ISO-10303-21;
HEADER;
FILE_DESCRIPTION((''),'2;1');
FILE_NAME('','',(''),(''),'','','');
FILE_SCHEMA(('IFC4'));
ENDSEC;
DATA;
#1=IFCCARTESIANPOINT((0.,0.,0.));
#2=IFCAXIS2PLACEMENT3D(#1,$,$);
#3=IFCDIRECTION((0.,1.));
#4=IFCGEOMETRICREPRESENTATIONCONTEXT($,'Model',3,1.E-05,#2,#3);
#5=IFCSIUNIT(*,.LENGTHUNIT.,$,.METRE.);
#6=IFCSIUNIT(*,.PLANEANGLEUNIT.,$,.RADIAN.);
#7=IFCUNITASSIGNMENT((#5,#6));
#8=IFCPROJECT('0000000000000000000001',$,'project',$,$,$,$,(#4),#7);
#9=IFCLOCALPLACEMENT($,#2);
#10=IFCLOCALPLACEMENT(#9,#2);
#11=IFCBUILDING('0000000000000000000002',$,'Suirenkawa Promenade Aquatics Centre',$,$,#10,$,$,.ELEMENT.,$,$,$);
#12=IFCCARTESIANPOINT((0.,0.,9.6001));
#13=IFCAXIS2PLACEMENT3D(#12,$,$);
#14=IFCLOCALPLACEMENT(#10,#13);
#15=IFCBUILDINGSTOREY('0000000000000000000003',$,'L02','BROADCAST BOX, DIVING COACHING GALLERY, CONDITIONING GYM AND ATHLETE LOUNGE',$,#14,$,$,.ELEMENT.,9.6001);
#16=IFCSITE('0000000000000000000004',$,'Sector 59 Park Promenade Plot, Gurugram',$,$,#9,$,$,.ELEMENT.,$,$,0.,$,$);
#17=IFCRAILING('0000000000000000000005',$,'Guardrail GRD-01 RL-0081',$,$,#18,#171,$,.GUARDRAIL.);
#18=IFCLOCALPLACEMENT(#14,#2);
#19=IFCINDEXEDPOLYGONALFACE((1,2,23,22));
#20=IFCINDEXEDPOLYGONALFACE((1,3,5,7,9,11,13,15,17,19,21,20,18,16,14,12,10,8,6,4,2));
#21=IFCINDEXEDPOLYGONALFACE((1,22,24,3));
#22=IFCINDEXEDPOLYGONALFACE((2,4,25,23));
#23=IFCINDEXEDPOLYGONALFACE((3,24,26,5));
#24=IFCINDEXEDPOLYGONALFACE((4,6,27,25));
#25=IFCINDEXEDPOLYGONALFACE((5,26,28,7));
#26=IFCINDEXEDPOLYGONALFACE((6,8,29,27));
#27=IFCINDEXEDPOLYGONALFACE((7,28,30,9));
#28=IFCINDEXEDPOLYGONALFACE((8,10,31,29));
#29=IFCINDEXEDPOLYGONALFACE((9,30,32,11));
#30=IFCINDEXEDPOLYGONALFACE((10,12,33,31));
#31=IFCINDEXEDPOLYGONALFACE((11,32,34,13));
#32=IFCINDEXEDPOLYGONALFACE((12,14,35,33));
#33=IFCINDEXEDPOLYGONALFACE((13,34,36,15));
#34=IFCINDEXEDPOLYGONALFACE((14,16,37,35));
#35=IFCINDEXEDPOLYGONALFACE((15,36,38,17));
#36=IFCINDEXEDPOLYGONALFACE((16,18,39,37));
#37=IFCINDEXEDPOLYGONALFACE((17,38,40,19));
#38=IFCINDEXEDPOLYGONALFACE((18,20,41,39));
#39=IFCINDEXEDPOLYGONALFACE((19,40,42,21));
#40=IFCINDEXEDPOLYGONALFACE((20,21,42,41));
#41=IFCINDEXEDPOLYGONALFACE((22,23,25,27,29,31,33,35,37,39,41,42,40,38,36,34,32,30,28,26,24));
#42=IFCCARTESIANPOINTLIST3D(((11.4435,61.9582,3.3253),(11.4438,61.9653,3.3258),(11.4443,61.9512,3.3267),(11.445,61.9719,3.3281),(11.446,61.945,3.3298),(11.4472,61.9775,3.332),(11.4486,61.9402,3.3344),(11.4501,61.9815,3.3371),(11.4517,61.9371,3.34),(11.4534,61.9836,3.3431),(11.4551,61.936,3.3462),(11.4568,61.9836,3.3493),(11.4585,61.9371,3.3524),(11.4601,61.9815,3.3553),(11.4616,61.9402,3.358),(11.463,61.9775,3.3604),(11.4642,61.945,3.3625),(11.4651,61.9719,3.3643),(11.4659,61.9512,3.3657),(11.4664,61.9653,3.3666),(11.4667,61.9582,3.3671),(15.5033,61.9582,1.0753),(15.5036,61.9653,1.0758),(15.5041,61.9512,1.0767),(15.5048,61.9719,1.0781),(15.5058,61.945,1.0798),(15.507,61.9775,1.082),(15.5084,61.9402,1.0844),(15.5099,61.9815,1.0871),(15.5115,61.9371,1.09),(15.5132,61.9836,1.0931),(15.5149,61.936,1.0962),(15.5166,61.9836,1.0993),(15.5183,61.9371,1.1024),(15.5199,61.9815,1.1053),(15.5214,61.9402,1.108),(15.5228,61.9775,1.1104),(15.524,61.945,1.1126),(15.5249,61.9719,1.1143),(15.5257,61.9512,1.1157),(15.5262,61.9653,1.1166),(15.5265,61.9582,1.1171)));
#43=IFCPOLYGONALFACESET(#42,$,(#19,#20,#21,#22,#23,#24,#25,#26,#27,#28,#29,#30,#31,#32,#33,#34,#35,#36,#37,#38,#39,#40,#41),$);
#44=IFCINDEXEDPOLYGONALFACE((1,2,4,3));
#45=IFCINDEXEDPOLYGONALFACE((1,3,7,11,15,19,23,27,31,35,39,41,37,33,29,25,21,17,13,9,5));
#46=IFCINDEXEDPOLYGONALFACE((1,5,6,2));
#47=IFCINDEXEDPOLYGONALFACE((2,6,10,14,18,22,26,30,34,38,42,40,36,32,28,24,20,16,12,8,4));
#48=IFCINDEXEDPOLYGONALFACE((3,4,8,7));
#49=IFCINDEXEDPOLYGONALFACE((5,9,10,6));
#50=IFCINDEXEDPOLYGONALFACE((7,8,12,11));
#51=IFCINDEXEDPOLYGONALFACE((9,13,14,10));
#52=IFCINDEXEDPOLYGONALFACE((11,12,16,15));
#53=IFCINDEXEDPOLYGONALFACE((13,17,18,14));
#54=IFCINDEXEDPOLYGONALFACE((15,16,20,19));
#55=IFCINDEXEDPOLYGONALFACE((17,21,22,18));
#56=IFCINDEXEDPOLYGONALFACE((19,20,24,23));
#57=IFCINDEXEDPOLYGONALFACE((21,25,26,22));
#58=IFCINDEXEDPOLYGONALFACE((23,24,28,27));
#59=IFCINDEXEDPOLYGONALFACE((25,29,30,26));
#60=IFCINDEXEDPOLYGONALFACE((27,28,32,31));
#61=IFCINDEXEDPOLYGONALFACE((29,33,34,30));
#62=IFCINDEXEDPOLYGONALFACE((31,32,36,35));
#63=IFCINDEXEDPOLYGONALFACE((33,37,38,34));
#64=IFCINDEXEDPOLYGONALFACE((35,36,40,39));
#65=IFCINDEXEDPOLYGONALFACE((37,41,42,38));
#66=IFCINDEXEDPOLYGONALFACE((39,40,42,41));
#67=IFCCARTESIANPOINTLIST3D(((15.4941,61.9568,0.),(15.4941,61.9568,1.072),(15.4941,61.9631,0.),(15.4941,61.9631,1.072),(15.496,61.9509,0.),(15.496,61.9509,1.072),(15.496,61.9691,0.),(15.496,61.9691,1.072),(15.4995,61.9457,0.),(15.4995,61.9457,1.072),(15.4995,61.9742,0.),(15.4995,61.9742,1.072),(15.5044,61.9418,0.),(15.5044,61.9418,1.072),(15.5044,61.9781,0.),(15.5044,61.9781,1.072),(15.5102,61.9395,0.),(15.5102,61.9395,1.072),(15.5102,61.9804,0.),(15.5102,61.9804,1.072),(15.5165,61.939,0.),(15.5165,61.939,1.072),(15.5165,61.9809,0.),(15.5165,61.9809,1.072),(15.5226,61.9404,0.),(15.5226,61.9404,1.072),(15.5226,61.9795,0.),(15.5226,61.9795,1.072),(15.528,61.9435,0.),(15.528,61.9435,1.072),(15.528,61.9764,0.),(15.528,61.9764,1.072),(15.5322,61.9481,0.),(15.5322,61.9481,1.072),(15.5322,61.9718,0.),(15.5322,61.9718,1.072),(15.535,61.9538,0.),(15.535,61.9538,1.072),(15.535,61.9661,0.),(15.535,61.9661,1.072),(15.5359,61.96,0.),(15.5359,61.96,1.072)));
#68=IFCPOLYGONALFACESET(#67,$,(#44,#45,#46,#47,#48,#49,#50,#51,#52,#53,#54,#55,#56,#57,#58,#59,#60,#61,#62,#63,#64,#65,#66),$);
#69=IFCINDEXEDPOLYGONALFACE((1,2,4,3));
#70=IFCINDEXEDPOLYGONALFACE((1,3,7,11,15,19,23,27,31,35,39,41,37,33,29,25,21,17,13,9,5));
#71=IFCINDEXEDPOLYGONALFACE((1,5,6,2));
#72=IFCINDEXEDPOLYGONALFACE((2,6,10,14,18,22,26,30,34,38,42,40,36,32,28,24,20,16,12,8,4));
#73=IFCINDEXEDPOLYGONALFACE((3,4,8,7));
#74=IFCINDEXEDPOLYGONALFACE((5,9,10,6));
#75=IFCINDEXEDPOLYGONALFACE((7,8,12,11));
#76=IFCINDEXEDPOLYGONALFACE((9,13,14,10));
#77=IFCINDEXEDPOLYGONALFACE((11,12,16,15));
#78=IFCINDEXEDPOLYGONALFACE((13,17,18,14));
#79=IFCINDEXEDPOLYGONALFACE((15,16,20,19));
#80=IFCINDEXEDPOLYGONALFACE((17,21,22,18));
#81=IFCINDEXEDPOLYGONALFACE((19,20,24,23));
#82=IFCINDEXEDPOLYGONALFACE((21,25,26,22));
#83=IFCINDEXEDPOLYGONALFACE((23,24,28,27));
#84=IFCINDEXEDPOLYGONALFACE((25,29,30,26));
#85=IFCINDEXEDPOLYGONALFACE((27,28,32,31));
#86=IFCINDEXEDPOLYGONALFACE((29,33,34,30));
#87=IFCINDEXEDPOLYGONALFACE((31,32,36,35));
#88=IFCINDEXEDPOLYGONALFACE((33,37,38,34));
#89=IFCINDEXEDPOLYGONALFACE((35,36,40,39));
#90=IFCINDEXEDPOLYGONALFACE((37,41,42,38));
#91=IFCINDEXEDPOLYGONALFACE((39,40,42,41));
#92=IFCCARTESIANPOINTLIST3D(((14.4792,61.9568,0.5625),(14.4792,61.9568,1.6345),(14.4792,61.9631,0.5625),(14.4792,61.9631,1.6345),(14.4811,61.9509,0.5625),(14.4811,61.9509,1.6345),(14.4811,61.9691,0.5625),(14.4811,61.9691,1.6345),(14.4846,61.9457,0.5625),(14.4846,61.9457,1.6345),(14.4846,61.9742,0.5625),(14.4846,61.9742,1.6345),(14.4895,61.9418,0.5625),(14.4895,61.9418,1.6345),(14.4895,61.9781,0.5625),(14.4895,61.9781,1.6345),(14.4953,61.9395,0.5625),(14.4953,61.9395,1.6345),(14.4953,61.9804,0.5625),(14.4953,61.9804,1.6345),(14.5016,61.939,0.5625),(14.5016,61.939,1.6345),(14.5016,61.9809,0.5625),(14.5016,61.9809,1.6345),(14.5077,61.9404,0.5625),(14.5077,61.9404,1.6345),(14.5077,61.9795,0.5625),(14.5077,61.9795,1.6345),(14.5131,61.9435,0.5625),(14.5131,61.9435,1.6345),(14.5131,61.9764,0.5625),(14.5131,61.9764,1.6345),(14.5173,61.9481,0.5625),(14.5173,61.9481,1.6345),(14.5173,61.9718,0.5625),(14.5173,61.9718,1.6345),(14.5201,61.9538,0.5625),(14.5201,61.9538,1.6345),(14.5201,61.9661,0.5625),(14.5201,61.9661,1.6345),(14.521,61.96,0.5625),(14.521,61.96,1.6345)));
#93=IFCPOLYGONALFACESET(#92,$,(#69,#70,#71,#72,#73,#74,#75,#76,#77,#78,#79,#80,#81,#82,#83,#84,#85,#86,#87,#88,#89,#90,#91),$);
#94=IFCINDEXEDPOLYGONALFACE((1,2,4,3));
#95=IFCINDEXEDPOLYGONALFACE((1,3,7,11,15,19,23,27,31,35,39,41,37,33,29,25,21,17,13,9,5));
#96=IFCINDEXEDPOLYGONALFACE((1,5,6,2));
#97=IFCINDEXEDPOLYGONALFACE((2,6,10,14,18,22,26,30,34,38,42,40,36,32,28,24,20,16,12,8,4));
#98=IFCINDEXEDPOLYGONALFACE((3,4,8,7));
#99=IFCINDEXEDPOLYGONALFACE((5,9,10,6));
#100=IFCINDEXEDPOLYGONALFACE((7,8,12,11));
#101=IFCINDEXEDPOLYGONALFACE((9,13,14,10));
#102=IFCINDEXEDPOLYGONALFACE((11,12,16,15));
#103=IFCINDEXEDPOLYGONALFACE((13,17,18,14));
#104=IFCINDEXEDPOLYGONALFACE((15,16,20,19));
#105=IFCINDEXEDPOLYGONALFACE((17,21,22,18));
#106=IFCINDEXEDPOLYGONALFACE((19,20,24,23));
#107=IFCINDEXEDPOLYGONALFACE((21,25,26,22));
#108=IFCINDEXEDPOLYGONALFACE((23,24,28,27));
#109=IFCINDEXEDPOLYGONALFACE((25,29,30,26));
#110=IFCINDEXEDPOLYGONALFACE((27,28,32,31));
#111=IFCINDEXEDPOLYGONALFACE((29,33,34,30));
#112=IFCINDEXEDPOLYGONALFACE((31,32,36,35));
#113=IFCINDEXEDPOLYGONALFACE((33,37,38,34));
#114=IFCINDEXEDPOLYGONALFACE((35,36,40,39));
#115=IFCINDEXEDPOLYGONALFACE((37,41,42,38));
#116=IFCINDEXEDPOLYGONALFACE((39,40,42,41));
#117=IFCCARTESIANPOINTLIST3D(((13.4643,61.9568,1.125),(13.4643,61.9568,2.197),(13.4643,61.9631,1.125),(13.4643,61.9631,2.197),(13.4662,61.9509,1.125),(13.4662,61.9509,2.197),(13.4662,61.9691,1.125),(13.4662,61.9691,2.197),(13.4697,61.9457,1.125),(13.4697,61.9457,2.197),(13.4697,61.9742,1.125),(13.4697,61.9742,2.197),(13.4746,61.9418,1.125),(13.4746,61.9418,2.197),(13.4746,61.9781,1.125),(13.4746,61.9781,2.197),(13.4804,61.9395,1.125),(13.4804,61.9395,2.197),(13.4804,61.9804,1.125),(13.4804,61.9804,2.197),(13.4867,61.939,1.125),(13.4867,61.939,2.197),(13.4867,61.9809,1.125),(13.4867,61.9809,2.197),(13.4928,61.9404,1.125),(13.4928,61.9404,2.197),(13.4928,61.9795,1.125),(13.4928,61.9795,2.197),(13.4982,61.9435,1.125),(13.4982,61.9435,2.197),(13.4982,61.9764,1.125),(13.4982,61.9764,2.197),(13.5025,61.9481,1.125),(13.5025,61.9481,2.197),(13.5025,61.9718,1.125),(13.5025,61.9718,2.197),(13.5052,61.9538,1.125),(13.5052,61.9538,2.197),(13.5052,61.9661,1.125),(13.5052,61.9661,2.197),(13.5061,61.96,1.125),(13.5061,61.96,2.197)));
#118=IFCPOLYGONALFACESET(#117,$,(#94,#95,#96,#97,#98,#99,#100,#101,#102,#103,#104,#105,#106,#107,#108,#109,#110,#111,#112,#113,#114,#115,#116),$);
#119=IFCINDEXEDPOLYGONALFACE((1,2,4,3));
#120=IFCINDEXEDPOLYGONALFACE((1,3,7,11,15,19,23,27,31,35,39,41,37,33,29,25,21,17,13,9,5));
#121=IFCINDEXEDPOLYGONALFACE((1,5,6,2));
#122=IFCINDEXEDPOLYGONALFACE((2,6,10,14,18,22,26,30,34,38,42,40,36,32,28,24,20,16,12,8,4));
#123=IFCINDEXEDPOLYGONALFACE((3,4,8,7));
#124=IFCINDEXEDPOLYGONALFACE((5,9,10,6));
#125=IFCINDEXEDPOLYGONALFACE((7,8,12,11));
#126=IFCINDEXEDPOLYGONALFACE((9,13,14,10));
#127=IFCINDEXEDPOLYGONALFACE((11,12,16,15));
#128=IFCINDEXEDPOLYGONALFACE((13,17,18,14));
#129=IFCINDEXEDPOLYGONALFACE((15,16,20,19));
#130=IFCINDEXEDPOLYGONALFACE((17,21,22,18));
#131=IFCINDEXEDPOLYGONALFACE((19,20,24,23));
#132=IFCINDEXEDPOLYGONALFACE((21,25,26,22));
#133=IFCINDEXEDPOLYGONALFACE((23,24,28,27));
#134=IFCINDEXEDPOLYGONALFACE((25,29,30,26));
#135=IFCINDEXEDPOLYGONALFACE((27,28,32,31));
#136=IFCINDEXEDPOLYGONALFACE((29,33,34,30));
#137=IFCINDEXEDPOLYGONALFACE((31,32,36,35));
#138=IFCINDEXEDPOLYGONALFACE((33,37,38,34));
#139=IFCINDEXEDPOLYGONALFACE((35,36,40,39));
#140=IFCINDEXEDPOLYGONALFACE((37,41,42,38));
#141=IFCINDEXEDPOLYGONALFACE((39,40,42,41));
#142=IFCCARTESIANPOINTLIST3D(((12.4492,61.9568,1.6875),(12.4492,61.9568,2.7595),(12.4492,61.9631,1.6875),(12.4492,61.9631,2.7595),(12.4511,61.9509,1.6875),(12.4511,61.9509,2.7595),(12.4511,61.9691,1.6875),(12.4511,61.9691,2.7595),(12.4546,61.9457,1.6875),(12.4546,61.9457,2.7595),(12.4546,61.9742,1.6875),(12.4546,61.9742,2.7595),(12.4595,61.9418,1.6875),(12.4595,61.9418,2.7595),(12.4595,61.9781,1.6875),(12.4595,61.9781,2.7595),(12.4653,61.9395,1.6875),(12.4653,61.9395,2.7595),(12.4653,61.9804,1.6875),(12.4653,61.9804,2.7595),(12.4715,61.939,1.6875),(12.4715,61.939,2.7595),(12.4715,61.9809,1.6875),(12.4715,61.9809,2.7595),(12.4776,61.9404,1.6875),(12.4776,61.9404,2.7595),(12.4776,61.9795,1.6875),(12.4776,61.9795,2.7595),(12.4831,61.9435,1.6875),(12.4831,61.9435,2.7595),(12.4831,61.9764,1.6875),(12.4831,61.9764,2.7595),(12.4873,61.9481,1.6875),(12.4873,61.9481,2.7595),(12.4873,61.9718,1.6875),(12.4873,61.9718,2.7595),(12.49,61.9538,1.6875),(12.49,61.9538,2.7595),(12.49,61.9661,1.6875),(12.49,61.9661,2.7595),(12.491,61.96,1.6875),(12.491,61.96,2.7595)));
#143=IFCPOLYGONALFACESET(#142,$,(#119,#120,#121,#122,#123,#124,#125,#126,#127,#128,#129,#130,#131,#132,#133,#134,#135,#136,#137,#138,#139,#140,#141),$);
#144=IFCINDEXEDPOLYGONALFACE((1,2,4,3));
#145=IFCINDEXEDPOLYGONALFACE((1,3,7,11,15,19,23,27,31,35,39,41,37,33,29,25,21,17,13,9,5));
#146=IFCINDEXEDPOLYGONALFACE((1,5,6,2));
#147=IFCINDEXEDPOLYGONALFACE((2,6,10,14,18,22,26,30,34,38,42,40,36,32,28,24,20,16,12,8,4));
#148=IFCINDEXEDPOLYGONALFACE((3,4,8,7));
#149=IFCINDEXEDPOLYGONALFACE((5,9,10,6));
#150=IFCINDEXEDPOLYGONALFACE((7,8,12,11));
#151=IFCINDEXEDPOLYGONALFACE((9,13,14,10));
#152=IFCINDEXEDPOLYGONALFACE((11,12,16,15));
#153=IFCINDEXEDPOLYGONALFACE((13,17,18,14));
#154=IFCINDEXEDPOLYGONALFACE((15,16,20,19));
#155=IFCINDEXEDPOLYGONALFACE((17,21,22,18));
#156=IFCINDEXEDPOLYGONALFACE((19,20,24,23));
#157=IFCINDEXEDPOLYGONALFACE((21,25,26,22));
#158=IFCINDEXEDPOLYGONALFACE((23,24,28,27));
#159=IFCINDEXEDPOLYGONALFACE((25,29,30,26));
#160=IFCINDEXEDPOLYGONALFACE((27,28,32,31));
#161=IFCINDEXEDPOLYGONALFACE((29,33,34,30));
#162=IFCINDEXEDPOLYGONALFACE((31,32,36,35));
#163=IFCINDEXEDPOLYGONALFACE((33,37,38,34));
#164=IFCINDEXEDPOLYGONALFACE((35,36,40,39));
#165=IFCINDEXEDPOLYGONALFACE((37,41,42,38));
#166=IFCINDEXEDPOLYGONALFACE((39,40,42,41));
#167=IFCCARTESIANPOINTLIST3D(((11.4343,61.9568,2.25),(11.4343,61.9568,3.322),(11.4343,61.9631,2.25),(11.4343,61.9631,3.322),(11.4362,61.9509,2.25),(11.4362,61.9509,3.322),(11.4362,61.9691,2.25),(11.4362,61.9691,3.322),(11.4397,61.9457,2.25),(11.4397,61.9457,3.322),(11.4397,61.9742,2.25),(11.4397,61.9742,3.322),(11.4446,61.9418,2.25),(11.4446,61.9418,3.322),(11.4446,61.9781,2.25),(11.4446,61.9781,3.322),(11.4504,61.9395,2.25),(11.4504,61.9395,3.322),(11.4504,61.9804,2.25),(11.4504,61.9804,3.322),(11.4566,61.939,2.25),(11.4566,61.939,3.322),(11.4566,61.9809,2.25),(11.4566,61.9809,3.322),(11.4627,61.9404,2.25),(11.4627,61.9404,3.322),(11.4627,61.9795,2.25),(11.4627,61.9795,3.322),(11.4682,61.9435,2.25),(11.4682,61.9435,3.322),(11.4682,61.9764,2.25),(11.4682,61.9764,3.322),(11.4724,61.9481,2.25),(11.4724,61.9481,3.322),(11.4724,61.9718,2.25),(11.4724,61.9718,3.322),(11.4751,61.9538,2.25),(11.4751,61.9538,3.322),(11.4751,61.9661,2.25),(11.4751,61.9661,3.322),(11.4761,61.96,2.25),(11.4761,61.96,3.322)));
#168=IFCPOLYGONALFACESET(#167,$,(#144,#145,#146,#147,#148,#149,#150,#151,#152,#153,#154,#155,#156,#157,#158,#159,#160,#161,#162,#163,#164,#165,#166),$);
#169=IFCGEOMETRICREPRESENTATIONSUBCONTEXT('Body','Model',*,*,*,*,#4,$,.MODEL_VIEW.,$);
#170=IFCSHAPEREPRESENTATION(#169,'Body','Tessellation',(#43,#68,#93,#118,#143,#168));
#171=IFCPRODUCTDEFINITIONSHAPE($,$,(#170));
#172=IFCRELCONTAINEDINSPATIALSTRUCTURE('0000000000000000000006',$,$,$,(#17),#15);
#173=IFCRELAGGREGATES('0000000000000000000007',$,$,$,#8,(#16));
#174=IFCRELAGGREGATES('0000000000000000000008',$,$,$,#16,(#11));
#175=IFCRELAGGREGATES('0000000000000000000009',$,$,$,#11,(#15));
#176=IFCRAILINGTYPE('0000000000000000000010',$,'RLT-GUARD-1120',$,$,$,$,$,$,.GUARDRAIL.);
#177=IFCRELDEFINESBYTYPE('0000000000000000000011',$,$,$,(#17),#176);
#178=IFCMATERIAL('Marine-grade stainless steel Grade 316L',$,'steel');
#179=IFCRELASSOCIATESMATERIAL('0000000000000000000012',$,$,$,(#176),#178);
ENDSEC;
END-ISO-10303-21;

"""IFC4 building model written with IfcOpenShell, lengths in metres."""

from ifc_helpers import new_model, si_unit, direction, frame, origin, origin_2d, place, context, subcontext, project, spatial, circle, extrude, material, type_object, element, save


model = new_model("IFC4")

# Units and contexts
model_context = context("Model", 3, precision=1e-05, world=origin(), true_north=direction((0.0, 1.0)))
body_context = subcontext(model_context, "Body", "Model", "MODEL_VIEW")
ifc_project = project(units=[si_unit("LENGTHUNIT", "METRE"), si_unit("PLANEANGLEUNIT", "RADIAN")], contexts=[model_context])

# Site, building, storey
site_placement = place(None, origin())
site = spatial("IfcSite", under=ifc_project, at=site_placement, Name="Sector 59 Park Promenade Plot, Gurugram", CompositionType="ELEMENT", RefElevation=0.0)
building_placement = place(site_placement, origin())
building = spatial("IfcBuilding", under=site, at=building_placement, Name="Suirenkawa Promenade Aquatics Centre", CompositionType="ELEMENT")
storey_placement = place(building_placement, frame((0.0, 0.0, 9.6001)))
storey = spatial("IfcBuildingStorey", under=building, at=storey_placement, Name="L02", Description="BROADCAST BOX, DIVING COACHING GALLERY, CONDITIONING GYM AND ATHLETE LOUNGE", CompositionType="ELEMENT", Elevation=9.6001)

# Railing
ifc_material_1 = material(Name="Marine-grade stainless steel Grade 316L", Category="steel")
railing_type_1 = type_object("IfcRailingType", Name="RLT-GUARD-1120", PredefinedType="GUARDRAIL", material=ifc_material_1)
for number, where, name in (
    (1, (15.5149, 61.96, 0.0), "Guardrail GRD-01 RL-0081"),
):
    element("IfcRailing", number, at=place(storey_placement, frame(where)), inside=storey, type_object=railing_type_1, Name=name, PredefinedType="GUARDRAIL", context=body_context, shape_type="SweptSolid", body=[
        extrude(circle(Radius=0.0239, at=origin_2d()), frame((0.0, 0.0, 1.0962), z_axis=(-0.874656, 0.0, 0.484745), x_axis=(0.0, -1.0, 0.0)), (0.0, 0.0, 1.0), 4.6416),
        extrude(circle(Radius=0.021, at=origin_2d()), origin(), (0.0, 0.0, 1.0), 1.072),
        extrude(circle(Radius=0.021, at=origin_2d()), frame((-1.0149, 0.0, 0.5625)), (0.0, 0.0, 1.0), 1.072),
        extrude(circle(Radius=0.021, at=origin_2d()), frame((-2.0298, 0.0, 1.125)), (0.0, 0.0, 1.0), 1.072),
        extrude(circle(Radius=0.021, at=origin_2d()), frame((-3.0449, 0.0, 1.6875)), (0.0, 0.0, 1.0), 1.072),
        extrude(circle(Radius=0.021, at=origin_2d()), frame((-4.0598, 0.0, 2.25)), (0.0, 0.0, 1.0), 1.072),
    ])

save(model, "model.ifc")
